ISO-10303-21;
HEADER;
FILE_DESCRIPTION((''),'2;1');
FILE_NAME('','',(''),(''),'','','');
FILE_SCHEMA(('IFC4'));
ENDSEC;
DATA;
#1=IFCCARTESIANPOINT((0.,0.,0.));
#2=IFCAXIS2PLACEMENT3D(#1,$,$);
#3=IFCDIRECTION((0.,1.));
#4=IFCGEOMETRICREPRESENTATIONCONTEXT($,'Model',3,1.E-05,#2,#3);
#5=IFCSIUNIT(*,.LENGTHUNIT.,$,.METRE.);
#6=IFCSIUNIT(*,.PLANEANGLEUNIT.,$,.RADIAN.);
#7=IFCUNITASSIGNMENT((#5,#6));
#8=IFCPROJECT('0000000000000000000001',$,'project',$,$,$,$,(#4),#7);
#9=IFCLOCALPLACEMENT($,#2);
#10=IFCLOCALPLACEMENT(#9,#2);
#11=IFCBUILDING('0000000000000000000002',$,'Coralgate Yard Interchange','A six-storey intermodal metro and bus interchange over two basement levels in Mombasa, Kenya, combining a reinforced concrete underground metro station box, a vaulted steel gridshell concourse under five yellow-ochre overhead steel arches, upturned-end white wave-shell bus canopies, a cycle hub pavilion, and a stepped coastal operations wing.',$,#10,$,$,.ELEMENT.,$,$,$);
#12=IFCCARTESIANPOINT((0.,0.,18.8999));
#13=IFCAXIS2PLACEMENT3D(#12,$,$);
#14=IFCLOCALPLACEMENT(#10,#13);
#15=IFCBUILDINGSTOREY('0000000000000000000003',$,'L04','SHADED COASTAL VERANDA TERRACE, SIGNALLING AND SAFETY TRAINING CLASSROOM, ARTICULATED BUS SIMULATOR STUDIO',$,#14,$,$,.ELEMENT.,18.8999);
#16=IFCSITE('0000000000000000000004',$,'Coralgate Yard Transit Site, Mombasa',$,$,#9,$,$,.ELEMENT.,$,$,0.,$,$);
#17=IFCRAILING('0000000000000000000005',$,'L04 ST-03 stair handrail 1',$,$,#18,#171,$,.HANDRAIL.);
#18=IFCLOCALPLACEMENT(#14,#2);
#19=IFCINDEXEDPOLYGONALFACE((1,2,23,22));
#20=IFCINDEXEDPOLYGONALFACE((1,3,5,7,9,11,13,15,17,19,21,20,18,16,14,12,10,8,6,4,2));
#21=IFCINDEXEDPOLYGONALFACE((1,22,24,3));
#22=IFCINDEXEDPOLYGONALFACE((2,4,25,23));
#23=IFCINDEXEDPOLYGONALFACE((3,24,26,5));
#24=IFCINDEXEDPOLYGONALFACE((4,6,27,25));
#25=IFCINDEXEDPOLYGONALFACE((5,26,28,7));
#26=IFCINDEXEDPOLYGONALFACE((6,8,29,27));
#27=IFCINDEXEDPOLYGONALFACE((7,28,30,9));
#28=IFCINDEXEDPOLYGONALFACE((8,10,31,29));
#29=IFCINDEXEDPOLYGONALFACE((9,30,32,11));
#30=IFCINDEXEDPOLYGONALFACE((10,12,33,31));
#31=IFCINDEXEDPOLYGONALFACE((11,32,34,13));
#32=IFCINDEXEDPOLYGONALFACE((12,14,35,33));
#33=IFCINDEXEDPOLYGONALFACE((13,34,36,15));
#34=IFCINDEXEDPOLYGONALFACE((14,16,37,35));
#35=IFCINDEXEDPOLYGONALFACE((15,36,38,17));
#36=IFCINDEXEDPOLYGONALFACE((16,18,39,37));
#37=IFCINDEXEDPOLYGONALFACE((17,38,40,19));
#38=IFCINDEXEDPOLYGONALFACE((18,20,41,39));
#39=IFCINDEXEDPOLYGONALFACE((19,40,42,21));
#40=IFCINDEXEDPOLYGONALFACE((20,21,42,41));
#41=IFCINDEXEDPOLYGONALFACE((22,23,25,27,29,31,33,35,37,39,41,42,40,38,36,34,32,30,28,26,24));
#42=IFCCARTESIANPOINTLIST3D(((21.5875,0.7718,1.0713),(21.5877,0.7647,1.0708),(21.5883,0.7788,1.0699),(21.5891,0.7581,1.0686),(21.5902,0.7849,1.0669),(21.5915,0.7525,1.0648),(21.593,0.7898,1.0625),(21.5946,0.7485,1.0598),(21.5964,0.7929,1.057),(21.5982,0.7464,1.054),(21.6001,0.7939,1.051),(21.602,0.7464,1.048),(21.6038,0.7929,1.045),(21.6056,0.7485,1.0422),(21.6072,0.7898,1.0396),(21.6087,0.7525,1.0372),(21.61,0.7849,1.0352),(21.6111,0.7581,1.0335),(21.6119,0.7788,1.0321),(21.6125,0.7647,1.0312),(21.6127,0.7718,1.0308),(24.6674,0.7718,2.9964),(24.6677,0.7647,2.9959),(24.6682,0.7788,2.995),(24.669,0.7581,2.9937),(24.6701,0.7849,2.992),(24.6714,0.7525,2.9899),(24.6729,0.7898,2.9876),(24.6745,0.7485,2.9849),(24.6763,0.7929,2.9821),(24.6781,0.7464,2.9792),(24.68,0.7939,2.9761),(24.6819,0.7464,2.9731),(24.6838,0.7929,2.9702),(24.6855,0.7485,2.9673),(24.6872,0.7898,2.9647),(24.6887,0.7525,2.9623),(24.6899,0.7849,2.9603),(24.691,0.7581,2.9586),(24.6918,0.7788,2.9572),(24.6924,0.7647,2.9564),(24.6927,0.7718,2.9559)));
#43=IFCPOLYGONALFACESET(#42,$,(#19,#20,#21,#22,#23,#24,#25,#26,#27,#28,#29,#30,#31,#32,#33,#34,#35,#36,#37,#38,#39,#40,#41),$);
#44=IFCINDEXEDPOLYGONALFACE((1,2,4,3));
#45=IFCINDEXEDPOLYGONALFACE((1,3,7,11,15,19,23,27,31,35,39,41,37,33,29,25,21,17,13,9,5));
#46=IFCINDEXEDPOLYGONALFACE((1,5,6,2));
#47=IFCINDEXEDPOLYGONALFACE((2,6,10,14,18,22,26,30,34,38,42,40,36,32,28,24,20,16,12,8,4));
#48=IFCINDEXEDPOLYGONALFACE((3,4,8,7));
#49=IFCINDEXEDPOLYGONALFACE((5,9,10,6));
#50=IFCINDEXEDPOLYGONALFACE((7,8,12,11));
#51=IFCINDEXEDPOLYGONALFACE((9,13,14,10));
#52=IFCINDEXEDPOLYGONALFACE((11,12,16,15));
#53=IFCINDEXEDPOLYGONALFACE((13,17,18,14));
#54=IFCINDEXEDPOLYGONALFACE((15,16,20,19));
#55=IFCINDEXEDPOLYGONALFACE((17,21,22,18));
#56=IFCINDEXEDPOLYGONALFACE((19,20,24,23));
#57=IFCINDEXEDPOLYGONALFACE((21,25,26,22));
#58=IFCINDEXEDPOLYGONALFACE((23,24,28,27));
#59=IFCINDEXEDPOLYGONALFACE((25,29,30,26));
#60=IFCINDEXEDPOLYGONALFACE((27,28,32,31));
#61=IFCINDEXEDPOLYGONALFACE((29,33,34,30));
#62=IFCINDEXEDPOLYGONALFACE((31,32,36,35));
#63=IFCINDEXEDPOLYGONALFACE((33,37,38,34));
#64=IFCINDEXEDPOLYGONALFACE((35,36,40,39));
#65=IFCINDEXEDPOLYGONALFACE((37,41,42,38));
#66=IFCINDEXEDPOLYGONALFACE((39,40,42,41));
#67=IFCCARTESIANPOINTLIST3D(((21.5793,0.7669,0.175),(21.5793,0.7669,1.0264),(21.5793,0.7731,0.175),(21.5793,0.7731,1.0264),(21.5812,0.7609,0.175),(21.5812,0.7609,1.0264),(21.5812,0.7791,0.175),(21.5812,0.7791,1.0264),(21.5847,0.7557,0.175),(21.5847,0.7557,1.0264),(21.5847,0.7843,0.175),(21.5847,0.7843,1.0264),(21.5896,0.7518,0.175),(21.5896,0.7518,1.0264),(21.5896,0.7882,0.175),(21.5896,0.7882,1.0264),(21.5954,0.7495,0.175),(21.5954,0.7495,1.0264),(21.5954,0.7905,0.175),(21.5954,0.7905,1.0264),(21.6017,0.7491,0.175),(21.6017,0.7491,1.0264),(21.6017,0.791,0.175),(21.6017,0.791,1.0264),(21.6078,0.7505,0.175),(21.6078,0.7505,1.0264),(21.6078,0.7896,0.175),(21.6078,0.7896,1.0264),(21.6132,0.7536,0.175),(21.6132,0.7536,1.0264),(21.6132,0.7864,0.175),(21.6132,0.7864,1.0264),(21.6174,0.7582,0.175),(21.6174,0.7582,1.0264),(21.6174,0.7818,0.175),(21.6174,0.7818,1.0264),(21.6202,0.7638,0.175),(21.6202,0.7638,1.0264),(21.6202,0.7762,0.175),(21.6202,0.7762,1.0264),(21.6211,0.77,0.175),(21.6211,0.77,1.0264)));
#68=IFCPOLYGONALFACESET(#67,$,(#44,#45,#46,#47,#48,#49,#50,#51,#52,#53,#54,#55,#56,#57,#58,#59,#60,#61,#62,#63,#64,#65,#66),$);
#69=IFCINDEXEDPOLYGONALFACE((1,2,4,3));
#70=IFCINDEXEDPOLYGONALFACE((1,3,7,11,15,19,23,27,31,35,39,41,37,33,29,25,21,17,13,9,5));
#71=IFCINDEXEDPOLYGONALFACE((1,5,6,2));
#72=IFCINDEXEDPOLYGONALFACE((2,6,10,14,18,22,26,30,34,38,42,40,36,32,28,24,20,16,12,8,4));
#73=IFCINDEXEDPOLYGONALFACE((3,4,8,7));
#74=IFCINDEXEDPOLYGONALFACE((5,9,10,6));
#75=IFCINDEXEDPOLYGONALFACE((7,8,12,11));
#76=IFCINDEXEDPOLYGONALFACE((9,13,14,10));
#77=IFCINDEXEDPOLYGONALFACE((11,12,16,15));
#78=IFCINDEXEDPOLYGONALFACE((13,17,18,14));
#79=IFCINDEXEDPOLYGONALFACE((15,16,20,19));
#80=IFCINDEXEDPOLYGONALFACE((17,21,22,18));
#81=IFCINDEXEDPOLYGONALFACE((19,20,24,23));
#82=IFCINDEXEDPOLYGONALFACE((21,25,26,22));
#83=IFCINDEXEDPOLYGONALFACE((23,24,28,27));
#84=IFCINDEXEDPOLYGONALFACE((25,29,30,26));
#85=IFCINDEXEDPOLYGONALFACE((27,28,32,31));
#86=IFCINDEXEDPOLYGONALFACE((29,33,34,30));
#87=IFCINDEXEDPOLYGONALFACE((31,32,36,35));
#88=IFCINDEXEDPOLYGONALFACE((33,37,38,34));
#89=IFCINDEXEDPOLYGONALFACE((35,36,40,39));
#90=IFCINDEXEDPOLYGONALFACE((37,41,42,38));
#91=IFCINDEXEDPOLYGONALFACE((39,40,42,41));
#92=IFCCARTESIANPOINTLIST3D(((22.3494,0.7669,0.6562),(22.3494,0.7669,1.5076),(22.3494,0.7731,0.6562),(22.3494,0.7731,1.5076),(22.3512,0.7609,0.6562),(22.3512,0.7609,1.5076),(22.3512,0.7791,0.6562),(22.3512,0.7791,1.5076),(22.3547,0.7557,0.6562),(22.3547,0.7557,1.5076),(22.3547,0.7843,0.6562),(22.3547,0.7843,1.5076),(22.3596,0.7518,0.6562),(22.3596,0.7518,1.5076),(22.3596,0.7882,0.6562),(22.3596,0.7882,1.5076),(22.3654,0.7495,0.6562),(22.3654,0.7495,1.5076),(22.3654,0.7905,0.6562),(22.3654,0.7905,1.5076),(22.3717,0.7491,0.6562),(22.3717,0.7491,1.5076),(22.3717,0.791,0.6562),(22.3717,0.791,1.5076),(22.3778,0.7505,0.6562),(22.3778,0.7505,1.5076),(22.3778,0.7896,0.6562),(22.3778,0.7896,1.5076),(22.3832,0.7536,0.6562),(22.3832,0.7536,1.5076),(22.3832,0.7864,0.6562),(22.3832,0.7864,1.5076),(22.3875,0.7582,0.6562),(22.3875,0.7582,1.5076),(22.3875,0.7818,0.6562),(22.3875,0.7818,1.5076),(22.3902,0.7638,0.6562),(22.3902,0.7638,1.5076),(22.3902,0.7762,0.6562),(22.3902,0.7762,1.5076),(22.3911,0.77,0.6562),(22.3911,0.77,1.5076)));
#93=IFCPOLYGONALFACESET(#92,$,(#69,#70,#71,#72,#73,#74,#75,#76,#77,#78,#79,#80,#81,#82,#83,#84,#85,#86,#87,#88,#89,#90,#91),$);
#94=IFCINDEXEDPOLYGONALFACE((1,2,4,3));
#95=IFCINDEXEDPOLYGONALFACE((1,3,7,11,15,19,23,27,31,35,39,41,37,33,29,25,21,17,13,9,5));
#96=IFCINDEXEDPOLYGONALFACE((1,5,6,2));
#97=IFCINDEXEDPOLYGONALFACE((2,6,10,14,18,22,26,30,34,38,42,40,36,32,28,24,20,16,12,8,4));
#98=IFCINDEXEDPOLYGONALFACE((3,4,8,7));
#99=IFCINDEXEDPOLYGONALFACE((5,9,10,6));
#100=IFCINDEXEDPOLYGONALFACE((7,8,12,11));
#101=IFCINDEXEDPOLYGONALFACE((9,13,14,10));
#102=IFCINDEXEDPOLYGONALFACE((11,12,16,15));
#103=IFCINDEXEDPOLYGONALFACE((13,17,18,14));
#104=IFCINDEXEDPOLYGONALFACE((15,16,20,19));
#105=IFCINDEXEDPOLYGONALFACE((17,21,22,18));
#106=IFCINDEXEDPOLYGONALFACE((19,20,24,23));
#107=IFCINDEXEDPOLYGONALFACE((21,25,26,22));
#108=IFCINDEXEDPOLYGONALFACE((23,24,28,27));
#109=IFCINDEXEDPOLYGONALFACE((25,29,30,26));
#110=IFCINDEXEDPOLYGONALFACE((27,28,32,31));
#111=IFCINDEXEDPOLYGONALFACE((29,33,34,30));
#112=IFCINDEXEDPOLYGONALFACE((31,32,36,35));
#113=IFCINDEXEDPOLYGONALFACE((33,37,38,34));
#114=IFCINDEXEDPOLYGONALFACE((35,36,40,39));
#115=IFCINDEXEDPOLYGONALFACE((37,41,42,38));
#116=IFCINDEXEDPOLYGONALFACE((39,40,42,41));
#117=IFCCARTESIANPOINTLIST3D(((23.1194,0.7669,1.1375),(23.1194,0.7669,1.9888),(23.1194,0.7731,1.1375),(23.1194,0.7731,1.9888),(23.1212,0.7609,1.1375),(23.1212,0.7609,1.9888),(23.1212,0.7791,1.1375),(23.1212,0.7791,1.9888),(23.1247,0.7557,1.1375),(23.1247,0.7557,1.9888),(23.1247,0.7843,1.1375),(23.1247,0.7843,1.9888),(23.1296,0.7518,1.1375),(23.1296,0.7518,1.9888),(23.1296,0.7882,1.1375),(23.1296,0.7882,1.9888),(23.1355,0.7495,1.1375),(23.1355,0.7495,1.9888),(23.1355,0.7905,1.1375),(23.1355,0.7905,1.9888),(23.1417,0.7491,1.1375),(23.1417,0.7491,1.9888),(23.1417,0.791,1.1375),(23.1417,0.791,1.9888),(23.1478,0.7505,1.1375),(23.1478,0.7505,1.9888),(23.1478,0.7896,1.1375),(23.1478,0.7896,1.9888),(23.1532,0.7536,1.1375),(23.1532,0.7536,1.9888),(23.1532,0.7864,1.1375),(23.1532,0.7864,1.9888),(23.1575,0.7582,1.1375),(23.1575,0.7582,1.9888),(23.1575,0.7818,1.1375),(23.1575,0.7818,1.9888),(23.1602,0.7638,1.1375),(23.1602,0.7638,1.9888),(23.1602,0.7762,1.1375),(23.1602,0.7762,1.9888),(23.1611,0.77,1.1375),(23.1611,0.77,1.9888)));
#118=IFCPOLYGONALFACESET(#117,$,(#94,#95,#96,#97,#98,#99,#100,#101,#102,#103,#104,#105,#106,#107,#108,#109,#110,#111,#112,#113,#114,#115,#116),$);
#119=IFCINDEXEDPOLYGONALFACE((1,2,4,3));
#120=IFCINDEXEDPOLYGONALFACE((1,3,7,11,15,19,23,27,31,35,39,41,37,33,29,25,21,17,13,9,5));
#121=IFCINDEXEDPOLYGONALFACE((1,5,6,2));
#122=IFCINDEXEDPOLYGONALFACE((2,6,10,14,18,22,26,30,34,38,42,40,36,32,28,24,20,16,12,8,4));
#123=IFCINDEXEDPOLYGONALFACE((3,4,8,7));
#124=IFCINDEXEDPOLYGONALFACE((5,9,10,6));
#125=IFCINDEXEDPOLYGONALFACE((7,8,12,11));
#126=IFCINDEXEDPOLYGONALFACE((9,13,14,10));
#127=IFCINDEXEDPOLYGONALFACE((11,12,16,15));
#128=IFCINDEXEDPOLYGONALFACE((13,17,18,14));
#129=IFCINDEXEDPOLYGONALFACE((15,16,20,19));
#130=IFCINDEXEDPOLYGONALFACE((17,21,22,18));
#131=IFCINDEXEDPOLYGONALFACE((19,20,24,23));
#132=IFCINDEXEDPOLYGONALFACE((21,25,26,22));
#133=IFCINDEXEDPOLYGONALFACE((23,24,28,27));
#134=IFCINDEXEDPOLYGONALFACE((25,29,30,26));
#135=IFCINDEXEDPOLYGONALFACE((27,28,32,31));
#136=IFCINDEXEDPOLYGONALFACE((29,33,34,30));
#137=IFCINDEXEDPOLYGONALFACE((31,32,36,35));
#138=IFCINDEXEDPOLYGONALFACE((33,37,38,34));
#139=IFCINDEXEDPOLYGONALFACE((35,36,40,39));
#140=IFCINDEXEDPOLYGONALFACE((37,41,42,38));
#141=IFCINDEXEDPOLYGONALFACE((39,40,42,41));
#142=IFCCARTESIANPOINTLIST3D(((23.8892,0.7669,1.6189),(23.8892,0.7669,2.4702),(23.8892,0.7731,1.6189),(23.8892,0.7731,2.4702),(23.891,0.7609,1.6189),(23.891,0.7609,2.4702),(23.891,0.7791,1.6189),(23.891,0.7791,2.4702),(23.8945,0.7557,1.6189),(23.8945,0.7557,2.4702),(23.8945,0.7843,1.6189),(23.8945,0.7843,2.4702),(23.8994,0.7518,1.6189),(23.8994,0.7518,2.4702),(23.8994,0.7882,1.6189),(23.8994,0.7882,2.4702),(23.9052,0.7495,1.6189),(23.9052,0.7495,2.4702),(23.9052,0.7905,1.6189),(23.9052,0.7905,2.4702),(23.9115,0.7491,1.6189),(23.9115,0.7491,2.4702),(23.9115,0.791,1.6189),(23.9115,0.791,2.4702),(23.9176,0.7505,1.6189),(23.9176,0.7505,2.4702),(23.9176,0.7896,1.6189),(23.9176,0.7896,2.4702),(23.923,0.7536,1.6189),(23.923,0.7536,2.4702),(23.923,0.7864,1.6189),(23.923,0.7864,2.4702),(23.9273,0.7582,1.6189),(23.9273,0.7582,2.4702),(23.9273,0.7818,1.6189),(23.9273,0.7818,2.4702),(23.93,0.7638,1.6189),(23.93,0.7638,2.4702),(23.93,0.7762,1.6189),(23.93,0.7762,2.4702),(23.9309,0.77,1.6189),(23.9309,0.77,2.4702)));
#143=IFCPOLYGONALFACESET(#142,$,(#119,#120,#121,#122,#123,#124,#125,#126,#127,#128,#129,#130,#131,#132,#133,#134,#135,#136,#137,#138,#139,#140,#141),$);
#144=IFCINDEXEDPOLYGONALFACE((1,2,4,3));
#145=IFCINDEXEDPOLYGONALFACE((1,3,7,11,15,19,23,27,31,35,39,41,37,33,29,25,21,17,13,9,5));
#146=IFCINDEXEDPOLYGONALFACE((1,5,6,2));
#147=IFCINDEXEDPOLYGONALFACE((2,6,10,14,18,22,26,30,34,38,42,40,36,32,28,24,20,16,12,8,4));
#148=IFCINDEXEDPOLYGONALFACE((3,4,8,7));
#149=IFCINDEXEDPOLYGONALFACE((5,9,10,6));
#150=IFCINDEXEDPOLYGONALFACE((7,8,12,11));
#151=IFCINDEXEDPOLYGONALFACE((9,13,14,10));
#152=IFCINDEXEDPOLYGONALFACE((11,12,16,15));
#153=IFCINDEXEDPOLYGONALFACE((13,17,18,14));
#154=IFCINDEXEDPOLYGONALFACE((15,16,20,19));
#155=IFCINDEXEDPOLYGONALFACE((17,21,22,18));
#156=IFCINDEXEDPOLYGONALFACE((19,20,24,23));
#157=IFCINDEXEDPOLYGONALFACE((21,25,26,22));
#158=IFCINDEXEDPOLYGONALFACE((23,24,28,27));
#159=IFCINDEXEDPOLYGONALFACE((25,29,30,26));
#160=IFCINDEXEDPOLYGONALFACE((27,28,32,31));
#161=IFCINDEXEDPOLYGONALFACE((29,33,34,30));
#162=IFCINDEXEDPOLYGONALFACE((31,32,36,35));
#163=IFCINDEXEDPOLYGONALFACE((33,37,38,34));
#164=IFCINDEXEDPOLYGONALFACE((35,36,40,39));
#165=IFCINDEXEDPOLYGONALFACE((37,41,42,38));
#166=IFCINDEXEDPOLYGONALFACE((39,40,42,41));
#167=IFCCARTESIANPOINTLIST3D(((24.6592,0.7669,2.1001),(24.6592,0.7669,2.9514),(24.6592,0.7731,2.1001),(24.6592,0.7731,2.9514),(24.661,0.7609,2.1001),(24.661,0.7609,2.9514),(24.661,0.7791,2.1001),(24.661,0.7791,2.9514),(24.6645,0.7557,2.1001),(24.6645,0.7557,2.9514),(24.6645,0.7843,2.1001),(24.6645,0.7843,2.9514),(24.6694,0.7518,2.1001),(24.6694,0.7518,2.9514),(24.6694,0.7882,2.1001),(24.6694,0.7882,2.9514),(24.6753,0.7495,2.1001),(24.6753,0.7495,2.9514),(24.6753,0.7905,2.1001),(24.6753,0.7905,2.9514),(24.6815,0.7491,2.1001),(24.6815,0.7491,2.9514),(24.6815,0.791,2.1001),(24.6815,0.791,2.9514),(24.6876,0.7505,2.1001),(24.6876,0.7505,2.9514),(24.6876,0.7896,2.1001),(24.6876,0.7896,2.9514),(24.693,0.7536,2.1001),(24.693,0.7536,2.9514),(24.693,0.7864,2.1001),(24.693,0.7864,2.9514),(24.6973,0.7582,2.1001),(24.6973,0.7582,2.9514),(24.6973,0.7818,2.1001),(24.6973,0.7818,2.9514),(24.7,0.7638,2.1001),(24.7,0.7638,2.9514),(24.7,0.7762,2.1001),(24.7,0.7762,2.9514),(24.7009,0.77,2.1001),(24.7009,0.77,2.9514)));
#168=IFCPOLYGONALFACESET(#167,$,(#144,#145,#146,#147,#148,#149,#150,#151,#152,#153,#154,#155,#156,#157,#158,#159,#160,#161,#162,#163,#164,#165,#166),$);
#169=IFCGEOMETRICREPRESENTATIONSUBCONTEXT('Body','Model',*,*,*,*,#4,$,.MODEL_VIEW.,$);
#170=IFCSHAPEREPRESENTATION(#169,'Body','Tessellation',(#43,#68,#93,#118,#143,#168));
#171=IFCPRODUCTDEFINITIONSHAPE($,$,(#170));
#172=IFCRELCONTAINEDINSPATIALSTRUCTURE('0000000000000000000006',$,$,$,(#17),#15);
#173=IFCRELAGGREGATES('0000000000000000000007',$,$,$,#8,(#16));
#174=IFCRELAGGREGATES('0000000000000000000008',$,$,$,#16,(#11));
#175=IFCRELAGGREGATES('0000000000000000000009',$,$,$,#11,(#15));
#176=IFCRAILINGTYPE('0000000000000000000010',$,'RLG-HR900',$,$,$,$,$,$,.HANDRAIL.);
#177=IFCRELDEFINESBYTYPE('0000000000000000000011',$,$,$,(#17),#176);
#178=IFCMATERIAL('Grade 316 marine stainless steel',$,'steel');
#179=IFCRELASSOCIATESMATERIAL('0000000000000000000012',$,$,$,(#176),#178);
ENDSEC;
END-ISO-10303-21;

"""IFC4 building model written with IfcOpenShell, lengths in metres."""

from ifc_helpers import new_model, si_unit, direction, frame, origin, origin_2d, place, context, subcontext, project, spatial, circle, extrude, material, type_object, element, save


model = new_model("IFC4")

# Units and contexts
model_context = context("Model", 3, precision=1e-05, world=origin(), true_north=direction((0.0, 1.0)))
body_context = subcontext(model_context, "Body", "Model", "MODEL_VIEW")
ifc_project = project(units=[si_unit("LENGTHUNIT", "METRE"), si_unit("PLANEANGLEUNIT", "RADIAN")], contexts=[model_context])

# Site, building, storey
site_placement = place(None, origin())
site = spatial("IfcSite", under=ifc_project, at=site_placement, Name="Coralgate Yard Transit Site, Mombasa", CompositionType="ELEMENT", RefElevation=0.0)
building_placement = place(site_placement, origin())
building = spatial("IfcBuilding", under=site, at=building_placement, Name="Coralgate Yard Interchange", Description="A six-storey intermodal metro and bus interchange over two basement levels in Mombasa, Kenya, combining a reinforced concrete underground metro station box, a vaulted steel gridshell concourse under five yellow-ochre overhead steel arches, upturned-end white wave-shell bus canopies, a cycle hub pavilion, and a stepped coastal operations wing.", CompositionType="ELEMENT")
storey_placement = place(building_placement, frame((0.0, 0.0, 18.8999)))
storey = spatial("IfcBuildingStorey", under=building, at=storey_placement, Name="L04", Description="SHADED COASTAL VERANDA TERRACE, SIGNALLING AND SAFETY TRAINING CLASSROOM, ARTICULATED BUS SIMULATOR STUDIO", CompositionType="ELEMENT", Elevation=18.8999)

# Railing
ifc_material_1 = material(Name="Grade 316 marine stainless steel", Category="steel")
railing_type = type_object("IfcRailingType", Name="RLG-HR900", PredefinedType="HANDRAIL", material=ifc_material_1)
railing_placement = place(storey_placement, frame((21.6001, 0.77, 0.175)))
element("IfcRailing", 1, at=railing_placement, inside=storey, type_object=railing_type, Name="L04 ST-03 stair handrail 1", PredefinedType="HANDRAIL", context=body_context, shape_type="SweptSolid", body=[
    extrude(circle(Radius=0.0239, at=origin_2d()), frame((0.0, 0.0, 0.876), z_axis=(0.847979, 0.0, 0.530029), x_axis=(0.0, 1.0, 0.0)), (0.0, 0.0, 1.0), 3.6321),
    extrude(circle(Radius=0.021, at=origin_2d()), origin(), (0.0, 0.0, 1.0), 0.8513),
    extrude(circle(Radius=0.021, at=origin_2d()), frame((0.77, 0.0, 0.4812)), (0.0, 0.0, 1.0), 0.8513),
    extrude(circle(Radius=0.021, at=origin_2d()), frame((1.54, 0.0, 0.9624)), (0.0, 0.0, 1.0), 0.8513),
    extrude(circle(Radius=0.021, at=origin_2d()), frame((2.3098, 0.0, 1.4438)), (0.0, 0.0, 1.0), 0.8513),
    extrude(circle(Radius=0.021, at=origin_2d()), frame((3.0798, 0.0, 1.925)), (0.0, 0.0, 1.0), 0.8513),
])

save(model, "model.ifc")
